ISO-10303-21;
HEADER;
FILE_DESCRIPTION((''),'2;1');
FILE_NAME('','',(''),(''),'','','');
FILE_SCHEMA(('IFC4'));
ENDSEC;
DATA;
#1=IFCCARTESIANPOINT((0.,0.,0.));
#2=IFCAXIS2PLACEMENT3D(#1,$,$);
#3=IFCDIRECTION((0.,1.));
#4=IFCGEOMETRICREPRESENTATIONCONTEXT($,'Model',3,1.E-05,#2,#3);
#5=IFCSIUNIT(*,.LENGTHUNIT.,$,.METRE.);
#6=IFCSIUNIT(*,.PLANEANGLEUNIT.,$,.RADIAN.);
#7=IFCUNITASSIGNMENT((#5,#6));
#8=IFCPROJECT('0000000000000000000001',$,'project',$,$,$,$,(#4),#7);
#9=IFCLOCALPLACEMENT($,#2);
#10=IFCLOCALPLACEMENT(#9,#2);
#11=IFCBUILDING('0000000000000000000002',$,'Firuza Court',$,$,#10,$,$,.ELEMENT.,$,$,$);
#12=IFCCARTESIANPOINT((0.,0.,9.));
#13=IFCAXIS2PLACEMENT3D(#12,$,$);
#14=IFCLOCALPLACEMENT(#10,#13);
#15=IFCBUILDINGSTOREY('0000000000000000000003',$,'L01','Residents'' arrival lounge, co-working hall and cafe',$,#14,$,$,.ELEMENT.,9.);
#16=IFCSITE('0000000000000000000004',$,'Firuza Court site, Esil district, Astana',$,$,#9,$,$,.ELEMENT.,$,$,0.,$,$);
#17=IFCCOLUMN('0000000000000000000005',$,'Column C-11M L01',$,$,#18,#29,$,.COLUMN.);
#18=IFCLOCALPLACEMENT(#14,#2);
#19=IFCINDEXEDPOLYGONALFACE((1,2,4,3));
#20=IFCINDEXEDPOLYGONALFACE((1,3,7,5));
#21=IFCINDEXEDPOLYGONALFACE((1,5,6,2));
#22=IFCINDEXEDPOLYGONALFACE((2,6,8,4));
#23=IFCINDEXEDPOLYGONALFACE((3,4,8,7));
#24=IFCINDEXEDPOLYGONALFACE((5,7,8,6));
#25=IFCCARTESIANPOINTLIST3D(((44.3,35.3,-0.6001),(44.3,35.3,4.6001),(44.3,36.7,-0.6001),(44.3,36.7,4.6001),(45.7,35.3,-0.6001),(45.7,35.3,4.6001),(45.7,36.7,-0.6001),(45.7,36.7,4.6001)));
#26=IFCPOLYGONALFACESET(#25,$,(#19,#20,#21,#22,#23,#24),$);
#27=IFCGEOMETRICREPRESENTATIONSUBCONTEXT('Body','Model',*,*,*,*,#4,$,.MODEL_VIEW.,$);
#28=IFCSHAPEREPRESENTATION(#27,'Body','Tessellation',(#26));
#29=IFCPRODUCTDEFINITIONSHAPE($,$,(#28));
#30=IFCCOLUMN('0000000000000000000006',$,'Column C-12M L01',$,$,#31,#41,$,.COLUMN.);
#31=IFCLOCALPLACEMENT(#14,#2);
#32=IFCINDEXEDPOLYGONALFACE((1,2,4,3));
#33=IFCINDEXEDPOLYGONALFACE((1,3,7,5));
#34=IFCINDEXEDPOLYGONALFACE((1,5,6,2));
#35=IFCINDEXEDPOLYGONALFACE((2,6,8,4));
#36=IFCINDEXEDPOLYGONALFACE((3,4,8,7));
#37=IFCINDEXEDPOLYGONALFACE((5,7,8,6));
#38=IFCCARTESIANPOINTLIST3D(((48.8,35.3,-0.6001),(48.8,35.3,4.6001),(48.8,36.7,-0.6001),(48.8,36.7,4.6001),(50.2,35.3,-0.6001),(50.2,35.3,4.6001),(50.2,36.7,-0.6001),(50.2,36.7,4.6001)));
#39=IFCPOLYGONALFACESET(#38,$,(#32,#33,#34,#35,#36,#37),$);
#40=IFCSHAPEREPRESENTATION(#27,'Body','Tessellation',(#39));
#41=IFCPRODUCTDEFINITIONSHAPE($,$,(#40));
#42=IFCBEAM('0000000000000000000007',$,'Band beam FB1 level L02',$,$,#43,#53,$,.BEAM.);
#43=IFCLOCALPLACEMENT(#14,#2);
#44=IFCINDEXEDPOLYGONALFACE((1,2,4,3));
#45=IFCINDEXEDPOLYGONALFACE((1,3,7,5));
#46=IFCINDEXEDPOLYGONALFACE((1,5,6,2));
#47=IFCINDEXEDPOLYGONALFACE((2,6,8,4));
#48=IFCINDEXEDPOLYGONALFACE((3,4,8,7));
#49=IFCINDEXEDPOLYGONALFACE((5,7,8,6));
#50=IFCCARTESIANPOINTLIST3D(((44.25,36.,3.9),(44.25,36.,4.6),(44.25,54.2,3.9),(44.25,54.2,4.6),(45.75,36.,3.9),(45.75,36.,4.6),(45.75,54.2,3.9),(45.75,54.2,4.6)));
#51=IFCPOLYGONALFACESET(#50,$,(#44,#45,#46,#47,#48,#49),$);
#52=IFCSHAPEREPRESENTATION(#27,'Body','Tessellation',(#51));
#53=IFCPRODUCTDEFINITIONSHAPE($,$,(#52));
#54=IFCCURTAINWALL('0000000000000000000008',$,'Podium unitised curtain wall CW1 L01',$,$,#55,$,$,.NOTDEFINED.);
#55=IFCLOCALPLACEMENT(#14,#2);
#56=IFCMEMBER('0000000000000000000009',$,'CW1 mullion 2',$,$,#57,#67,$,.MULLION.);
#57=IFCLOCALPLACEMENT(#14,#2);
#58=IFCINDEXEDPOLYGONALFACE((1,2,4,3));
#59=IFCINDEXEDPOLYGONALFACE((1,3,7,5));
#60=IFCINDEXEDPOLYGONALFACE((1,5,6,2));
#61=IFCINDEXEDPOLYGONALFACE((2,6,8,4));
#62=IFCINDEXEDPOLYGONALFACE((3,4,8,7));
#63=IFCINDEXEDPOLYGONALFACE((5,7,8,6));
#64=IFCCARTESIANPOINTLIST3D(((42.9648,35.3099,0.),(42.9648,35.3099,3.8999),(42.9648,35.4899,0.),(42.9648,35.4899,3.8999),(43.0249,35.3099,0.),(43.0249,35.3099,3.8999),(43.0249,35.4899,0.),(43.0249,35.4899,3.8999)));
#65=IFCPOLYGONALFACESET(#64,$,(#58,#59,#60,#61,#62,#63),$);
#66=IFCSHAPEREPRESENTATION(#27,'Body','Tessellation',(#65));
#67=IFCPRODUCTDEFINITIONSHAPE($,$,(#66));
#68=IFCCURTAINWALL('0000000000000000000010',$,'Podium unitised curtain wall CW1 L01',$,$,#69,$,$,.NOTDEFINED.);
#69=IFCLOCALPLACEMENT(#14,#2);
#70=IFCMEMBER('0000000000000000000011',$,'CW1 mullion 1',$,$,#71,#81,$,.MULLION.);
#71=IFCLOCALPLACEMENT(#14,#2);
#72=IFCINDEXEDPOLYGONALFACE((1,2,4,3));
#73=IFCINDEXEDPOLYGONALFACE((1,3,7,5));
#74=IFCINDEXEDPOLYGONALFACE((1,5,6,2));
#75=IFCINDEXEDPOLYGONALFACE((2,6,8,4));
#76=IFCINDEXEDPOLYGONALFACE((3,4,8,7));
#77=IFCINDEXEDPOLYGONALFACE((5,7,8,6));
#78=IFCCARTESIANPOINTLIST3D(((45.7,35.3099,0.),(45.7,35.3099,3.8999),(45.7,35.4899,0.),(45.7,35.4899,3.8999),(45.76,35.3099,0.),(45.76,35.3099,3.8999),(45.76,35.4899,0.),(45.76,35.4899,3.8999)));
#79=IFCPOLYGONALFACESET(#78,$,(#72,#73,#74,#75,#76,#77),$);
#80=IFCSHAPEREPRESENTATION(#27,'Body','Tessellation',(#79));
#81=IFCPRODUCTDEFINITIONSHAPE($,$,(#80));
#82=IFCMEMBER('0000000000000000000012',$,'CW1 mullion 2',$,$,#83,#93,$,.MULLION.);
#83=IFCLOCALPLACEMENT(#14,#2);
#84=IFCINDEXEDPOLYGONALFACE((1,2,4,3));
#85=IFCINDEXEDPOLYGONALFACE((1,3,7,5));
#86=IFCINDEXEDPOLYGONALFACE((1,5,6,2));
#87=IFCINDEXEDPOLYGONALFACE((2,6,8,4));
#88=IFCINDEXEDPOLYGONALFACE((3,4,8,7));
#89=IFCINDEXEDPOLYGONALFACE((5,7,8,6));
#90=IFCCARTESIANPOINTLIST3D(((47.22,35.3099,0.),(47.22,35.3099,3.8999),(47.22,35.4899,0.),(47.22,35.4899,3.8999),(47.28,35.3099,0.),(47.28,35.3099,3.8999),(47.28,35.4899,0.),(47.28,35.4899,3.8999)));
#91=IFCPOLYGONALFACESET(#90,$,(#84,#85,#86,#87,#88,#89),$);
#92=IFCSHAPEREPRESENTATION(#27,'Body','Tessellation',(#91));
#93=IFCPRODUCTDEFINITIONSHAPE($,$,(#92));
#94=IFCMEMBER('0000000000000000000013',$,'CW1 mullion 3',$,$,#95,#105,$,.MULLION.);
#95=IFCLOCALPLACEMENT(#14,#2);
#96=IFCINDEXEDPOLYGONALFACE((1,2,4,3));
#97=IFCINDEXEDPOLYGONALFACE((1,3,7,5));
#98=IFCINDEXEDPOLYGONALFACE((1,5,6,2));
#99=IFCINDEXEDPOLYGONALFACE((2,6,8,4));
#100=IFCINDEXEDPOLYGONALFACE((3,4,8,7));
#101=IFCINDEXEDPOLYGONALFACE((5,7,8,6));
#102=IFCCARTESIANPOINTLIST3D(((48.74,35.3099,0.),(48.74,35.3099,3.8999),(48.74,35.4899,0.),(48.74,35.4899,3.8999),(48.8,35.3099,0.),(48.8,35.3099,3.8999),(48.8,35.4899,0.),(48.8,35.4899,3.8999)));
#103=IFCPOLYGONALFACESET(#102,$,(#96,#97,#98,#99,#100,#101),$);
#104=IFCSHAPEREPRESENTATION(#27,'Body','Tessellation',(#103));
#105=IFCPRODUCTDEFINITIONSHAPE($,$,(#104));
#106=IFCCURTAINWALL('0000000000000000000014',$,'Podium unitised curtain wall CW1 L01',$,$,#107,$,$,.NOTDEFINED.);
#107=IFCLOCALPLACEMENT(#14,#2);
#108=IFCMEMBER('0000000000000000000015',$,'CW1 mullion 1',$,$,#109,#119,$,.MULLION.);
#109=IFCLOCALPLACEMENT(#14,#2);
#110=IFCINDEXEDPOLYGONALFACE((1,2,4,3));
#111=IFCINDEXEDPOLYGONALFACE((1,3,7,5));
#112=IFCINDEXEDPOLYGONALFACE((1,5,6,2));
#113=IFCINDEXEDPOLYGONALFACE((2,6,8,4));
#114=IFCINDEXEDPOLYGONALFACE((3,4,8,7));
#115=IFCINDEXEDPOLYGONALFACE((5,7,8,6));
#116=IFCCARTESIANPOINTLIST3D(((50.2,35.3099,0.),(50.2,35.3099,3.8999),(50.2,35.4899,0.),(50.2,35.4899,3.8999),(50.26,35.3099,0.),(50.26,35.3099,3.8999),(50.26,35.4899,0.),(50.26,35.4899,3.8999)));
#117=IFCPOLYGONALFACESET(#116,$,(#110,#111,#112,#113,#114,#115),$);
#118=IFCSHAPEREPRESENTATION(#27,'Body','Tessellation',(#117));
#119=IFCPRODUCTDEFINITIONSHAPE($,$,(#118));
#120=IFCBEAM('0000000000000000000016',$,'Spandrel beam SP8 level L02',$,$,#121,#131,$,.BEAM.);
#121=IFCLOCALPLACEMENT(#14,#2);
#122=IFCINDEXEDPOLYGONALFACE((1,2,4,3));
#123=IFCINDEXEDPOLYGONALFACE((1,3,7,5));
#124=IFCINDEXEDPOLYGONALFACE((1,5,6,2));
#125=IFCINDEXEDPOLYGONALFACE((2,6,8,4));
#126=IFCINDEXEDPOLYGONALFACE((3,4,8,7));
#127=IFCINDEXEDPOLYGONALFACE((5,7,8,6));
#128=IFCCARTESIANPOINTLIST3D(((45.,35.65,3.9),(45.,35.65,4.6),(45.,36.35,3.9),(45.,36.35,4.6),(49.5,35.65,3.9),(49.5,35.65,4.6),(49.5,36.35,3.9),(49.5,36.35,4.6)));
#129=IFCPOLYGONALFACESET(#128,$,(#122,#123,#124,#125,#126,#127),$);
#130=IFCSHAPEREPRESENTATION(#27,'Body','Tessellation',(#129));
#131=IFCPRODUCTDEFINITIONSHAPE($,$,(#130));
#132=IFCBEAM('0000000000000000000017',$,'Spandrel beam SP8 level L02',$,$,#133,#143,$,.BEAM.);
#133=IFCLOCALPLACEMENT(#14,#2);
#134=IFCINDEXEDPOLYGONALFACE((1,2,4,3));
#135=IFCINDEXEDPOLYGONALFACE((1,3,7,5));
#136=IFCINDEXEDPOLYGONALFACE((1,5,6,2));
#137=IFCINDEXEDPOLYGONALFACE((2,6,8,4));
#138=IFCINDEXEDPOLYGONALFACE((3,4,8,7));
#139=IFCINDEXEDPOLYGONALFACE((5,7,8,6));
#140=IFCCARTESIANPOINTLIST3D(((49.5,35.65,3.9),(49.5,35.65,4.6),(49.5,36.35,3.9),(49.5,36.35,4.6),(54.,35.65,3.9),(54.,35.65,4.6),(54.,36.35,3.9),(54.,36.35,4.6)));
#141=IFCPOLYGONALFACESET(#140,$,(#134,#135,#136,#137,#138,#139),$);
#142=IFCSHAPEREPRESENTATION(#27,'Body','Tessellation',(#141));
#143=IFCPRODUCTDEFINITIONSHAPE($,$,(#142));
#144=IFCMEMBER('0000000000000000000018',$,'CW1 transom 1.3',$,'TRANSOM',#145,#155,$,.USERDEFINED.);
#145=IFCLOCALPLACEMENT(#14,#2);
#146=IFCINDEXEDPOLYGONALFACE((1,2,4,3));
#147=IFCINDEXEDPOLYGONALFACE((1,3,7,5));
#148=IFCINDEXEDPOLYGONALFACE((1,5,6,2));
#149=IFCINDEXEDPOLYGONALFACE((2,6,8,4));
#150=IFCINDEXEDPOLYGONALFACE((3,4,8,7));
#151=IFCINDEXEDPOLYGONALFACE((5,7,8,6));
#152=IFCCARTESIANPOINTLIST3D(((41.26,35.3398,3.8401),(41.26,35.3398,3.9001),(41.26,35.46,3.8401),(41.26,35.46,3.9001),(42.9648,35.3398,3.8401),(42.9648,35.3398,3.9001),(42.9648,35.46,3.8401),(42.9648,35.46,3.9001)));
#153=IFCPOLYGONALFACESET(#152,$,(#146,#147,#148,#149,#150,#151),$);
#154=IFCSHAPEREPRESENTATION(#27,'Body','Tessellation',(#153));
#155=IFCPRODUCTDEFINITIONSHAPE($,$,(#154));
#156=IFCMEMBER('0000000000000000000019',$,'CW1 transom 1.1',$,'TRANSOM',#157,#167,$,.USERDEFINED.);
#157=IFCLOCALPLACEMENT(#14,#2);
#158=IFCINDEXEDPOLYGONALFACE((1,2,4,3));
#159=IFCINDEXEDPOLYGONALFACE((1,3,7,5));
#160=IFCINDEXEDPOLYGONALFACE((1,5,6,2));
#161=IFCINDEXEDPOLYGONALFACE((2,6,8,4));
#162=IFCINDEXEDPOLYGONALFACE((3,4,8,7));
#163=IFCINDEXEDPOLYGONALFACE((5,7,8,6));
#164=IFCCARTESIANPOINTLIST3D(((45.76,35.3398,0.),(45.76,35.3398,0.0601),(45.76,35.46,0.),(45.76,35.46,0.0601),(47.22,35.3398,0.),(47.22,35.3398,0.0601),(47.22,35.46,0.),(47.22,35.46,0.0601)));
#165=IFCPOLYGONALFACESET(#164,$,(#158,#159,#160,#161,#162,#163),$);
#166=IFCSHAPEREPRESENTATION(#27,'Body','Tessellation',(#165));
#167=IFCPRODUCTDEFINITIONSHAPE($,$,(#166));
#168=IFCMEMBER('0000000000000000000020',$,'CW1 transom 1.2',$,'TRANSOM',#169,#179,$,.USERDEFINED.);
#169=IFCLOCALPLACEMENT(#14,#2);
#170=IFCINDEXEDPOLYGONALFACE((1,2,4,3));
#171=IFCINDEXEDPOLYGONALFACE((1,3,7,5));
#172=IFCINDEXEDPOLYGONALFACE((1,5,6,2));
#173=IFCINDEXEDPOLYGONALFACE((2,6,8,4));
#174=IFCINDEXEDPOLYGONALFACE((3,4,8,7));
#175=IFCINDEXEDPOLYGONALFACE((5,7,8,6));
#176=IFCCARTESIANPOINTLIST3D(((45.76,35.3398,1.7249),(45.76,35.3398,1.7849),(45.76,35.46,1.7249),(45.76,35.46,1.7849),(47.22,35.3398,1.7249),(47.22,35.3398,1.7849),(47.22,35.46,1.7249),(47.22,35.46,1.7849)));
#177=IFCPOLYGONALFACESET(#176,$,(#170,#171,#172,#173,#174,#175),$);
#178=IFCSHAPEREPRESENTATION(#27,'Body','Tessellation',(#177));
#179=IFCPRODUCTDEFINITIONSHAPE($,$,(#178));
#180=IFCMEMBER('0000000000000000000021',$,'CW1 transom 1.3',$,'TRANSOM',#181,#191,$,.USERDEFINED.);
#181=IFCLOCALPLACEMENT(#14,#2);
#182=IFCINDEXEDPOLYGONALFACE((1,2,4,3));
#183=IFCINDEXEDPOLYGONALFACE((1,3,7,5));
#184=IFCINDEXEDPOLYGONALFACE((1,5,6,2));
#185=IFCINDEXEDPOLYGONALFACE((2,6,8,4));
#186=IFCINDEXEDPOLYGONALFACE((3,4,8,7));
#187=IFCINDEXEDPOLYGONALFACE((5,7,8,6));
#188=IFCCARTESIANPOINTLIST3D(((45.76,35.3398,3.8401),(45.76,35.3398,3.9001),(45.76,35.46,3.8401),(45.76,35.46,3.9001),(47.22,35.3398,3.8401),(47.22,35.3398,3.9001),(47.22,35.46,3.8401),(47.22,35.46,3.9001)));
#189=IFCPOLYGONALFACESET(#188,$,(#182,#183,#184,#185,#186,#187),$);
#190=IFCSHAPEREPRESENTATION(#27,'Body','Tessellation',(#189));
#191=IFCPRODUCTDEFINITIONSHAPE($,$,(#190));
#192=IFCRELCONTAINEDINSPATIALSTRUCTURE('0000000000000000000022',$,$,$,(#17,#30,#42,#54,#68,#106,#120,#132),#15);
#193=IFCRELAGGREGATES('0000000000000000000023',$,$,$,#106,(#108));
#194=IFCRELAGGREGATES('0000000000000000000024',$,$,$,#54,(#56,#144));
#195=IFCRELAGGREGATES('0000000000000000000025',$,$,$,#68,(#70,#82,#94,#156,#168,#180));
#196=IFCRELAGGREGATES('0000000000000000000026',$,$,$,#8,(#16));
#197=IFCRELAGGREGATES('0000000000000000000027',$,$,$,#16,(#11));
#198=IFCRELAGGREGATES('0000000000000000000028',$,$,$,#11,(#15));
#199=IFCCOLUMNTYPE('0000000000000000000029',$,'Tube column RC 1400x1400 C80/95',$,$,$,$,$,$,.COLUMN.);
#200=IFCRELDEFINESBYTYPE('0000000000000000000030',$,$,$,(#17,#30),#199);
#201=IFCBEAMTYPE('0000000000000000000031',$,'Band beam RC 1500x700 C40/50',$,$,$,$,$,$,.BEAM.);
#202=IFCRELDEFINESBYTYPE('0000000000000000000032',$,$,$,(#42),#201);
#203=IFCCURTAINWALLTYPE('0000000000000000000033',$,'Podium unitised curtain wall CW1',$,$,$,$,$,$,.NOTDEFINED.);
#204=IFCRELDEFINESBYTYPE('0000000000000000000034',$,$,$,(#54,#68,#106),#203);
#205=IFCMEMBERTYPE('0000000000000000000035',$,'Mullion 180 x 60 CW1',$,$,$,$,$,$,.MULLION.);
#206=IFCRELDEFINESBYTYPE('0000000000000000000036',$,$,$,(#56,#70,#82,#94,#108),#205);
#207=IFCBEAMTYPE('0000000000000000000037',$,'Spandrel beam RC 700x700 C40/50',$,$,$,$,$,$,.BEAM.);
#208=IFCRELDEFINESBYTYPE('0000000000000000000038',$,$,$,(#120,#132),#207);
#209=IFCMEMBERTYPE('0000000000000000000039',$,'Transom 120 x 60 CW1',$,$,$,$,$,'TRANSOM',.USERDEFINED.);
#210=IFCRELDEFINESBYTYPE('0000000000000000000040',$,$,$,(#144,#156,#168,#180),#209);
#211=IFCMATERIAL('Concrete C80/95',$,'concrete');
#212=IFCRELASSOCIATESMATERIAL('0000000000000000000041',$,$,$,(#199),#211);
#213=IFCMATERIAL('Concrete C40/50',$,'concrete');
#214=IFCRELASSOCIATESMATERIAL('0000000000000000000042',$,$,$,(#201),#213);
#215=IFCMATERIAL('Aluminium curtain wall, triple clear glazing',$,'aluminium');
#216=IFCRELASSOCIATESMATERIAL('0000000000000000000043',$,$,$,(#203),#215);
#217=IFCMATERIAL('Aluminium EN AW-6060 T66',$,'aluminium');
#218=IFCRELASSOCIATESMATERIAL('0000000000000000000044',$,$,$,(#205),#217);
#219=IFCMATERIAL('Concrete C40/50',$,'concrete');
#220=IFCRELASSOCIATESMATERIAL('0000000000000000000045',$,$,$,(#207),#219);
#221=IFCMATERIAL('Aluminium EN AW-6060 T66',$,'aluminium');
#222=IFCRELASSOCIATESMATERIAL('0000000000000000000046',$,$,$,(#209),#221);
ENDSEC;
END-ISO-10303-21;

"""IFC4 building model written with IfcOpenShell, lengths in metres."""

from ifc_helpers import new_model, si_unit, direction, frame, origin, origin_2d, place, context, subcontext, project, spatial, rectangle, extrude, material, material_profile, profile_set, type_object, element, aggregate, save


model = new_model("IFC4")

# Units and contexts
model_context = context("Model", 3, precision=1e-05, world=origin(), true_north=direction((0.0, 1.0)))
body_context = subcontext(model_context, "Body", "Model", "MODEL_VIEW")
ifc_project = project(units=[si_unit("LENGTHUNIT", "METRE"), si_unit("PLANEANGLEUNIT", "RADIAN")], contexts=[model_context])

# Site, building, storey
site_placement = place(None, origin())
site = spatial("IfcSite", under=ifc_project, at=site_placement, Name="Firuza Court site, Esil district, Astana", CompositionType="ELEMENT", RefElevation=0.0)
building_placement = place(site_placement, origin())
building = spatial("IfcBuilding", under=site, at=building_placement, Name="Firuza Court", CompositionType="ELEMENT")
storey_placement = place(building_placement, frame((0.0, 0.0, 9.0)))
storey = spatial("IfcBuildingStorey", under=building, at=storey_placement, Name="L01", Description="Residents' arrival lounge, co-working hall and cafe", CompositionType="ELEMENT", Elevation=9.0)

# Columns
ifc_material_1 = material(Name="Concrete C80/95", Category="concrete")
ifc_material_profile_1 = material_profile(ifc_material_1, rectangle(XDim=1.3999, YDim=1.3999, at=origin_2d()), Name="RC 1400x1400")
ifc_profile_set_1 = profile_set([ifc_material_profile_1], Name="Concrete C80/95")
column_type = type_object("IfcColumnType", Name="Tube column RC 1400x1400 C80/95", PredefinedType="COLUMN", material=ifc_profile_set_1)
for number, where, z_axis, x_axis, name in (
    (1, (45.0, 36.0, -0.6001), (0.0, 0.0, 1.0), (1.0, 0.0, 0.0), "Column C-11M L01"),
    (2, (49.5, 36.0, -0.6001), (0.0, 0.0, 1.0), (1.0, 0.0, 0.0), "Column C-12M L01"),
):
    element("IfcColumn", number, at=place(storey_placement, frame(where, z_axis=z_axis, x_axis=x_axis)), inside=storey, type_object=column_type, Name=name, PredefinedType="COLUMN", context=body_context, shape_type="SweptSolid", body=[
        extrude(rectangle(XDim=1.3999, YDim=1.3999, at=origin_2d()), origin(), (0.0, 0.0, 1.0), 5.2002),
    ])

# Beam
ifc_material_2 = material(Name="Concrete C40/50", Category="concrete")
ifc_material_profile_2 = material_profile(ifc_material_2, rectangle(XDim=1.5, YDim=0.7, at=origin_2d()), Name="RC 1500x700")
ifc_profile_set_2 = profile_set([ifc_material_profile_2], Name="Concrete C40/50")
beam_type_1 = type_object("IfcBeamType", Name="Band beam RC 1500x700 C40/50", PredefinedType="BEAM", material=ifc_profile_set_2)
beam_placement = place(storey_placement, frame((45.0, 36.0, 4.25), z_axis=(0.0, 1.0, 0.0), x_axis=(-1.0, 0.0, 0.0)))
element("IfcBeam", 3, at=beam_placement, inside=storey, type_object=beam_type_1, Name="Band beam FB1 level L02", PredefinedType="BEAM", context=body_context, shape_type="SweptSolid", body=[
    extrude(rectangle(XDim=1.5, YDim=0.7, at=origin_2d()), origin(), (0.0, 0.0, 1.0), 18.2),
])

# Curtain wall, member
ifc_material_3 = material(Name="Aluminium curtain wall, triple clear glazing", Category="aluminium")
curtain_wall_type = type_object("IfcCurtainWallType", Name="Podium unitised curtain wall CW1", PredefinedType="NOTDEFINED", material=ifc_material_3)
curtain_wall_1_placement = place(storey_placement, origin())
curtain_wall_1 = element("IfcCurtainWall", 4, at=curtain_wall_1_placement, inside=storey, type_object=curtain_wall_type, Name="Podium unitised curtain wall CW1 L01", PredefinedType="NOTDEFINED")
ifc_material_4 = material(Name="Aluminium EN AW-6060 T66", Category="aluminium")
ifc_material_profile_3 = material_profile(ifc_material_4, rectangle(XDim=0.1799, YDim=0.0601, at=origin_2d()), Name="Mullion 180 x 60 CW1")
ifc_profile_set_3 = profile_set([ifc_material_profile_3], Name="Aluminium EN AW-6060 T66")
member_type_1 = type_object("IfcMemberType", Name="Mullion 180 x 60 CW1", PredefinedType="MULLION", material=ifc_profile_set_3)
member_1_placement = place(storey_placement, frame((42.9949, 35.3999, 0.0), z_axis=(0.0, 0.0, 1.0), x_axis=(0.0, 1.0, 0.0)))
member_1 = element("IfcMember", 5, at=member_1_placement, type_object=member_type_1, Name="CW1 mullion 2", PredefinedType="MULLION", context=body_context, shape_type="SweptSolid", body=[
    extrude(rectangle(XDim=0.1799, YDim=0.0601, at=origin_2d()), origin(), (0.0, 0.0, 1.0), 3.8999),
])

# Curtain wall, members
curtain_wall_2_placement = place(storey_placement, origin())
curtain_wall_2 = element("IfcCurtainWall", 6, at=curtain_wall_2_placement, inside=storey, type_object=curtain_wall_type, Name="Podium unitised curtain wall CW1 L01", PredefinedType="NOTDEFINED")
member_2_placement = place(storey_placement, frame((45.73, 35.3999, 0.0), z_axis=(0.0, 0.0, 1.0), x_axis=(0.0, 1.0, 0.0)))
member_2 = element("IfcMember", 7, at=member_2_placement, type_object=member_type_1, Name="CW1 mullion 1", PredefinedType="MULLION", context=body_context, shape_type="SweptSolid", body=[
    extrude(rectangle(XDim=0.1799, YDim=0.0601, at=origin_2d()), origin(), (0.0, 0.0, 1.0), 3.8999),
])
member_3_placement = place(storey_placement, frame((47.25, 35.3999, 0.0), z_axis=(0.0, 0.0, 1.0), x_axis=(0.0, 1.0, 0.0)))
member_3 = element("IfcMember", 8, at=member_3_placement, type_object=member_type_1, Name="CW1 mullion 2", PredefinedType="MULLION", context=body_context, shape_type="SweptSolid", body=[
    extrude(rectangle(XDim=0.1799, YDim=0.0601, at=origin_2d()), origin(), (0.0, 0.0, 1.0), 3.8999),
])
member_4_placement = place(storey_placement, frame((48.77, 35.3999, 0.0), z_axis=(0.0, 0.0, 1.0), x_axis=(0.0, 1.0, 0.0)))
member_4 = element("IfcMember", 9, at=member_4_placement, type_object=member_type_1, Name="CW1 mullion 3", PredefinedType="MULLION", context=body_context, shape_type="SweptSolid", body=[
    extrude(rectangle(XDim=0.1799, YDim=0.0601, at=origin_2d()), origin(), (0.0, 0.0, 1.0), 3.8999),
])

# Curtain wall, member
curtain_wall_3_placement = place(storey_placement, origin())
curtain_wall_3 = element("IfcCurtainWall", 10, at=curtain_wall_3_placement, inside=storey, type_object=curtain_wall_type, Name="Podium unitised curtain wall CW1 L01", PredefinedType="NOTDEFINED")
member_5_placement = place(storey_placement, frame((50.23, 35.3999, 0.0), z_axis=(0.0, 0.0, 1.0), x_axis=(0.0, 1.0, 0.0)))
member_5 = element("IfcMember", 11, at=member_5_placement, type_object=member_type_1, Name="CW1 mullion 1", PredefinedType="MULLION", context=body_context, shape_type="SweptSolid", body=[
    extrude(rectangle(XDim=0.1799, YDim=0.0601, at=origin_2d()), origin(), (0.0, 0.0, 1.0), 3.8999),
])

# Beams
ifc_material_5 = material(Name="Concrete C40/50", Category="concrete")
ifc_material_profile_4 = material_profile(ifc_material_5, rectangle(XDim=0.7, YDim=0.7, at=origin_2d()), Name="RC 700x700")
ifc_profile_set_4 = profile_set([ifc_material_profile_4], Name="Concrete C40/50")
beam_type_2 = type_object("IfcBeamType", Name="Spandrel beam RC 700x700 C40/50", PredefinedType="BEAM", material=ifc_profile_set_4)
for number, where, z_axis, x_axis, name in (
    (12, (45.0, 36.0, 4.25), (1.0, 0.0, 0.0), (0.0, 1.0, 0.0), "Spandrel beam SP8 level L02"),
    (13, (49.5, 36.0, 4.25), (1.0, 0.0, 0.0), (0.0, 1.0, 0.0), "Spandrel beam SP8 level L02"),
):
    element("IfcBeam", number, at=place(storey_placement, frame(where, z_axis=z_axis, x_axis=x_axis)), inside=storey, type_object=beam_type_2, Name=name, PredefinedType="BEAM", context=body_context, shape_type="SweptSolid", body=[
        extrude(rectangle(XDim=0.7, YDim=0.7, at=origin_2d()), origin(), (0.0, 0.0, 1.0), 4.5),
    ])

# Members
ifc_material_6 = material(Name="Aluminium EN AW-6060 T66", Category="aluminium")
ifc_material_profile_5 = material_profile(ifc_material_6, rectangle(XDim=0.1201, YDim=0.0601, at=origin_2d()), Name="Transom 120 x 60 CW1")
ifc_profile_set_5 = profile_set([ifc_material_profile_5], Name="Aluminium EN AW-6060 T66")
member_type_2 = type_object("IfcMemberType", Name="Transom 120 x 60 CW1", ElementType="TRANSOM", PredefinedType="USERDEFINED", material=ifc_profile_set_5)
member_6_placement = place(storey_placement, frame((41.26, 35.3999, 3.8701), z_axis=(1.0, 0.0, 0.0), x_axis=(0.0, 1.0, 0.0)))
member_6 = element("IfcMember", 14, at=member_6_placement, type_object=member_type_2, Name="CW1 transom 1.3", ObjectType="TRANSOM", PredefinedType="USERDEFINED", context=body_context, shape_type="SweptSolid", body=[
    extrude(rectangle(XDim=0.1201, YDim=0.0601, at=origin_2d()), origin(), (0.0, 0.0, 1.0), 1.7048),
])
member_7_placement = place(storey_placement, frame((45.76, 35.3999, 0.03), z_axis=(1.0, 0.0, 0.0), x_axis=(0.0, 1.0, 0.0)))
member_7 = element("IfcMember", 15, at=member_7_placement, type_object=member_type_2, Name="CW1 transom 1.1", ObjectType="TRANSOM", PredefinedType="USERDEFINED", context=body_context, shape_type="SweptSolid", body=[
    extrude(rectangle(XDim=0.1201, YDim=0.0601, at=origin_2d()), origin(), (0.0, 0.0, 1.0), 1.46),
])
member_8_placement = place(storey_placement, frame((45.76, 35.3999, 1.7549), z_axis=(1.0, 0.0, 0.0), x_axis=(0.0, 1.0, 0.0)))
member_8 = element("IfcMember", 16, at=member_8_placement, type_object=member_type_2, Name="CW1 transom 1.2", ObjectType="TRANSOM", PredefinedType="USERDEFINED", context=body_context, shape_type="SweptSolid", body=[
    extrude(rectangle(XDim=0.1201, YDim=0.0601, at=origin_2d()), origin(), (0.0, 0.0, 1.0), 1.46),
])
member_9_placement = place(storey_placement, frame((45.76, 35.3999, 3.8701), z_axis=(1.0, 0.0, 0.0), x_axis=(0.0, 1.0, 0.0)))
member_9 = element("IfcMember", 17, at=member_9_placement, type_object=member_type_2, Name="CW1 transom 1.3", ObjectType="TRANSOM", PredefinedType="USERDEFINED", context=body_context, shape_type="SweptSolid", body=[
    extrude(rectangle(XDim=0.1201, YDim=0.0601, at=origin_2d()), origin(), (0.0, 0.0, 1.0), 1.46),
])
aggregate(curtain_wall_3, [member_5])

aggregate(curtain_wall_1, [member_1, member_6])
aggregate(curtain_wall_2, [member_2, member_3, member_4, member_7, member_8, member_9])

save(model, "model.ifc")
